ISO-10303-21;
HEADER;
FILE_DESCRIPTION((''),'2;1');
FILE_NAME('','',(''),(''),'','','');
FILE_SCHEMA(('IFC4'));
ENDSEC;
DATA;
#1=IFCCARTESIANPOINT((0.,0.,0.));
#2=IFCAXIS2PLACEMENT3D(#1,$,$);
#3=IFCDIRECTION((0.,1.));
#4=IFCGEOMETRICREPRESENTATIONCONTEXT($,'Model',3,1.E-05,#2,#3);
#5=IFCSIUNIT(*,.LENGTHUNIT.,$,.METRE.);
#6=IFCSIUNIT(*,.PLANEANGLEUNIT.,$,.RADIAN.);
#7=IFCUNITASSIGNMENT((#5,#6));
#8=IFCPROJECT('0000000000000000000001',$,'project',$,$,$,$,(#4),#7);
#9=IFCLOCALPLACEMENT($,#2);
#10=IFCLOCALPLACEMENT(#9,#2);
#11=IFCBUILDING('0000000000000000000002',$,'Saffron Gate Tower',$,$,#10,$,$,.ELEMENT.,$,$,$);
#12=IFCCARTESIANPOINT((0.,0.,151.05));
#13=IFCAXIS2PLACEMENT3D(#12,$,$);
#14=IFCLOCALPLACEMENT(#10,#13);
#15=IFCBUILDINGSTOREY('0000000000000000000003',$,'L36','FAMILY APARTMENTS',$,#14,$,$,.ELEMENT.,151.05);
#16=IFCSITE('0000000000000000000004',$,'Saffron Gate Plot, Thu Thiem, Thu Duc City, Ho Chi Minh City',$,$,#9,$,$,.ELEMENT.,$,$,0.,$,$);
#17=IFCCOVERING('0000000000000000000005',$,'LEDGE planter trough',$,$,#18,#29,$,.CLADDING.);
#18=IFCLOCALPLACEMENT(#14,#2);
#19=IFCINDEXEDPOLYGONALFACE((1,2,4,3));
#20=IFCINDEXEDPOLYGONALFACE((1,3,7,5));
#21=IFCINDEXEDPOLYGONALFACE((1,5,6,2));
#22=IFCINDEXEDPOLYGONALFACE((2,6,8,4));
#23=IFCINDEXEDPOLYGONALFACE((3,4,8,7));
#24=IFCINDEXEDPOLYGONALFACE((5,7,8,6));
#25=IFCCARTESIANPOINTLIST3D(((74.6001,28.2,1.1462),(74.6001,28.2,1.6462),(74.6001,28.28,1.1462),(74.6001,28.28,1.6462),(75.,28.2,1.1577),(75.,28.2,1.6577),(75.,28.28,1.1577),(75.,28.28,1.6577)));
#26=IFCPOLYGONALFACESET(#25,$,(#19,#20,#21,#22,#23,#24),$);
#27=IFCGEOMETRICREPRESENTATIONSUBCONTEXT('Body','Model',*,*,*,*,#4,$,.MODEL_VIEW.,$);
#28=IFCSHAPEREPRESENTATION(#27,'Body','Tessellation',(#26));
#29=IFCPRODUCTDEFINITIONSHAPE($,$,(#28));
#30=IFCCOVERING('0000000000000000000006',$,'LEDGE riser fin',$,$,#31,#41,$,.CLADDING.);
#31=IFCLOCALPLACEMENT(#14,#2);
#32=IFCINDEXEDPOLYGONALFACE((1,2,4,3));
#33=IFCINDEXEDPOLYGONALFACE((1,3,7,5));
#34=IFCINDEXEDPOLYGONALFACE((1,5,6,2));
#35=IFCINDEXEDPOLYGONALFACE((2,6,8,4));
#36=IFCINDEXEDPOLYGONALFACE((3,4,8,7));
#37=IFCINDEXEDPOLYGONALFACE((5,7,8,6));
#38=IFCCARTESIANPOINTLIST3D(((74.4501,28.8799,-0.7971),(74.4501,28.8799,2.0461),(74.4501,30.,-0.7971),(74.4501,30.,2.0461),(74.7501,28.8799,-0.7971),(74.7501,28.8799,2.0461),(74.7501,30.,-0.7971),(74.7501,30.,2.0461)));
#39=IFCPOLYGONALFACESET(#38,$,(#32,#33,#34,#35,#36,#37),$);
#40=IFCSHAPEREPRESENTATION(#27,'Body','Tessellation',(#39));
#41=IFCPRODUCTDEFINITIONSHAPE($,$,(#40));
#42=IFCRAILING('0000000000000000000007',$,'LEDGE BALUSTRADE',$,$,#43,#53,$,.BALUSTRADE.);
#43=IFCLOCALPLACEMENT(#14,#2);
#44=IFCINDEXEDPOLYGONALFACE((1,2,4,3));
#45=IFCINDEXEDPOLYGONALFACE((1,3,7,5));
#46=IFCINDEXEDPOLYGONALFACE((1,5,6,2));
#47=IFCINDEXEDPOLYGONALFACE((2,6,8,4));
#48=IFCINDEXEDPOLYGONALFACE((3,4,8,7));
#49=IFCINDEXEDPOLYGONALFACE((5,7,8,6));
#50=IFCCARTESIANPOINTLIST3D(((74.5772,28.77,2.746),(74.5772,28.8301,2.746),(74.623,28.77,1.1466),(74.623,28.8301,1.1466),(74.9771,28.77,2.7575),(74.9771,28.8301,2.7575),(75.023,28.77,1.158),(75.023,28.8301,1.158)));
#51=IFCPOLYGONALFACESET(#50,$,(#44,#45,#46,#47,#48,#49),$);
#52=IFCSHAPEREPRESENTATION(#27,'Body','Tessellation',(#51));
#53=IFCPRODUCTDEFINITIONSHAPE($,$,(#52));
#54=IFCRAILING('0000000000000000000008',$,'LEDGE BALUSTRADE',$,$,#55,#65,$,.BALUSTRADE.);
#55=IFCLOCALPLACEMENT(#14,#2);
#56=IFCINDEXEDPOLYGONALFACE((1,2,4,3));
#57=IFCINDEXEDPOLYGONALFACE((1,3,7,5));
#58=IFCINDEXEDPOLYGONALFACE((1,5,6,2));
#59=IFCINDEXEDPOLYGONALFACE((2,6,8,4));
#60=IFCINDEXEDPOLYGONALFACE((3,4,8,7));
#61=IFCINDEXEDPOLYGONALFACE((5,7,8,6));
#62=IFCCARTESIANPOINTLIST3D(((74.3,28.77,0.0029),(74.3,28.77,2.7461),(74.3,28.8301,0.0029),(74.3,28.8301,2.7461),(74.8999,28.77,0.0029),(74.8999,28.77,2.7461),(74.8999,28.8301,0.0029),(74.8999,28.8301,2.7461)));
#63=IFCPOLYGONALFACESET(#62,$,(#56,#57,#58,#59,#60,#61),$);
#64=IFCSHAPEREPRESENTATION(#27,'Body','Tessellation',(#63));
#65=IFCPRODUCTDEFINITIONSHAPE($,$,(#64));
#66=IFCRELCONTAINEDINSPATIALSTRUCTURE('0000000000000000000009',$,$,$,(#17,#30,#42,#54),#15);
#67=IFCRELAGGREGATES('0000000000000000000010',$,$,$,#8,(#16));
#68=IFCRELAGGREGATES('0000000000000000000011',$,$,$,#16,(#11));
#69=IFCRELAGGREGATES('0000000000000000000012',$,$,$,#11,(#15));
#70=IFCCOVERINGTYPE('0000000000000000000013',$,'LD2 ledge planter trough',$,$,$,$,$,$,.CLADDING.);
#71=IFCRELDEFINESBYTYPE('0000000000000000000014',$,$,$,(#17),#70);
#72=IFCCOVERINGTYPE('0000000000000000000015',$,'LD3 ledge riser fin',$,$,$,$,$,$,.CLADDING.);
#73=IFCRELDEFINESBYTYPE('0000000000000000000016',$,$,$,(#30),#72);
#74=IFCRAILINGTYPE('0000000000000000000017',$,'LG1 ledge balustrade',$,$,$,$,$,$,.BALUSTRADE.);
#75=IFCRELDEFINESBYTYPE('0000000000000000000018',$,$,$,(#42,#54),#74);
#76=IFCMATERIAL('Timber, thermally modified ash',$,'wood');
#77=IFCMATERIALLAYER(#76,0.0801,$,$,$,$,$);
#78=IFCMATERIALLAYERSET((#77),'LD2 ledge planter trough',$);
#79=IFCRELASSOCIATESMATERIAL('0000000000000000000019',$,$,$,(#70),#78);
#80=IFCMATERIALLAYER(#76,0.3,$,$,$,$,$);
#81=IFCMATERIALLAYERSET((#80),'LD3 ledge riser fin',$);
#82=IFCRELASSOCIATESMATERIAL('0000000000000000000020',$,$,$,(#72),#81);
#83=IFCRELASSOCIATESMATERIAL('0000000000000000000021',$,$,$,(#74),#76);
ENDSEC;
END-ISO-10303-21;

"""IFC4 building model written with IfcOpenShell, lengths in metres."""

from ifc_helpers import new_model, si_unit, direction, frame, origin, origin_2d, place, context, subcontext, project, spatial, polyline, rectangle, outline, extrude, material, layer, layer_set, type_object, element, save


model = new_model("IFC4")

# Units and contexts
model_context = context("Model", 3, precision=1e-05, world=origin(), true_north=direction((0.0, 1.0)))
body_context = subcontext(model_context, "Body", "Model", "MODEL_VIEW")
ifc_project = project(units=[si_unit("LENGTHUNIT", "METRE"), si_unit("PLANEANGLEUNIT", "RADIAN")], contexts=[model_context])

# Site, building, storey
site_placement = place(None, origin())
site = spatial("IfcSite", under=ifc_project, at=site_placement, Name="Saffron Gate Plot, Thu Thiem, Thu Duc City, Ho Chi Minh City", CompositionType="ELEMENT", RefElevation=0.0)
building_placement = place(site_placement, origin())
building = spatial("IfcBuilding", under=site, at=building_placement, Name="Saffron Gate Tower", CompositionType="ELEMENT")
storey_placement = place(building_placement, frame((0.0, 0.0, 151.05)))
storey = spatial("IfcBuildingStorey", under=building, at=storey_placement, Name="L36", Description="FAMILY APARTMENTS", CompositionType="ELEMENT", Elevation=151.05)

# Coverings
ifc_material_1 = material(Name="Timber, thermally modified ash", Category="wood")
ifc_layer_1 = layer(ifc_material_1, 0.0801)
ifc_layer_set_1 = layer_set([ifc_layer_1], Name="LD2 ledge planter trough")
covering_type_1 = type_object("IfcCoveringType", Name="LD2 ledge planter trough", PredefinedType="CLADDING", material=ifc_layer_set_1)
covering_1_placement = place(storey_placement, frame((74.6001, 28.2, 1.1462), z_axis=(0.0, -1.0, 0.0), x_axis=(0.999589, 0.0, 0.028682)))
element("IfcCovering", 1, at=covering_1_placement, inside=storey, type_object=covering_type_1, Name="LEDGE planter trough", PredefinedType="CLADDING", context=body_context, shape_type="SweptSolid", body=[
    extrude(outline(polyline([(0.0, 0.0), (0.4001, 0.0), (0.4144, 0.4998), (0.0143, 0.4998), (0.0, 0.0)])), origin(), (0.0, 0.0, -1.0), 0.0801),
])
ifc_layer_2 = layer(ifc_material_1, 0.3)
ifc_layer_set_2 = layer_set([ifc_layer_2], Name="LD3 ledge riser fin")
covering_type_2 = type_object("IfcCoveringType", Name="LD3 ledge riser fin", PredefinedType="CLADDING", material=ifc_layer_set_2)
covering_2_placement = place(storey_placement, frame((74.6001, 29.4399, -0.7971), z_axis=(0.0, 0.0, 1.0), x_axis=(1.0, 0.0, 0.0)))
element("IfcCovering", 2, at=covering_2_placement, inside=storey, type_object=covering_type_2, Name="LEDGE riser fin", PredefinedType="CLADDING", context=body_context, shape_type="SweptSolid", body=[
    extrude(rectangle(XDim=0.3, YDim=1.1201, at=origin_2d()), origin(), (0.0, 0.0, 1.0), 2.8433),
])

# Railings
railing_type = type_object("IfcRailingType", Name="LG1 ledge balustrade", PredefinedType="BALUSTRADE", material=ifc_material_1)
railing_1_placement = place(storey_placement, frame((74.6001, 28.8, 1.1462)))
element("IfcRailing", 3, at=railing_1_placement, inside=storey, type_object=railing_type, Name="LEDGE BALUSTRADE", PredefinedType="BALUSTRADE", context=body_context, shape_type="SweptSolid", body=[
    extrude(rectangle(XDim=0.0601, YDim=1.6001, at=origin_2d()), frame((0.0, 0.0, 0.8), z_axis=(0.999589, 0.0, 0.028682), x_axis=(0.0, 1.0, 0.0)), (0.0, 0.0, 1.0), 0.4001),
])
railing_2_placement = place(storey_placement, frame((74.3, 28.8, 0.0029)))
element("IfcRailing", 4, at=railing_2_placement, inside=storey, type_object=railing_type, Name="LEDGE BALUSTRADE", PredefinedType="BALUSTRADE", context=body_context, shape_type="SweptSolid", body=[
    extrude(rectangle(XDim=0.0601, YDim=2.7432, at=origin_2d()), frame((0.0, 0.0, 1.3716), z_axis=(1.0, 0.0, 0.0), x_axis=(0.0, 1.0, 0.0)), (0.0, 0.0, 1.0), 0.5999),
])

save(model, "model.ifc")
